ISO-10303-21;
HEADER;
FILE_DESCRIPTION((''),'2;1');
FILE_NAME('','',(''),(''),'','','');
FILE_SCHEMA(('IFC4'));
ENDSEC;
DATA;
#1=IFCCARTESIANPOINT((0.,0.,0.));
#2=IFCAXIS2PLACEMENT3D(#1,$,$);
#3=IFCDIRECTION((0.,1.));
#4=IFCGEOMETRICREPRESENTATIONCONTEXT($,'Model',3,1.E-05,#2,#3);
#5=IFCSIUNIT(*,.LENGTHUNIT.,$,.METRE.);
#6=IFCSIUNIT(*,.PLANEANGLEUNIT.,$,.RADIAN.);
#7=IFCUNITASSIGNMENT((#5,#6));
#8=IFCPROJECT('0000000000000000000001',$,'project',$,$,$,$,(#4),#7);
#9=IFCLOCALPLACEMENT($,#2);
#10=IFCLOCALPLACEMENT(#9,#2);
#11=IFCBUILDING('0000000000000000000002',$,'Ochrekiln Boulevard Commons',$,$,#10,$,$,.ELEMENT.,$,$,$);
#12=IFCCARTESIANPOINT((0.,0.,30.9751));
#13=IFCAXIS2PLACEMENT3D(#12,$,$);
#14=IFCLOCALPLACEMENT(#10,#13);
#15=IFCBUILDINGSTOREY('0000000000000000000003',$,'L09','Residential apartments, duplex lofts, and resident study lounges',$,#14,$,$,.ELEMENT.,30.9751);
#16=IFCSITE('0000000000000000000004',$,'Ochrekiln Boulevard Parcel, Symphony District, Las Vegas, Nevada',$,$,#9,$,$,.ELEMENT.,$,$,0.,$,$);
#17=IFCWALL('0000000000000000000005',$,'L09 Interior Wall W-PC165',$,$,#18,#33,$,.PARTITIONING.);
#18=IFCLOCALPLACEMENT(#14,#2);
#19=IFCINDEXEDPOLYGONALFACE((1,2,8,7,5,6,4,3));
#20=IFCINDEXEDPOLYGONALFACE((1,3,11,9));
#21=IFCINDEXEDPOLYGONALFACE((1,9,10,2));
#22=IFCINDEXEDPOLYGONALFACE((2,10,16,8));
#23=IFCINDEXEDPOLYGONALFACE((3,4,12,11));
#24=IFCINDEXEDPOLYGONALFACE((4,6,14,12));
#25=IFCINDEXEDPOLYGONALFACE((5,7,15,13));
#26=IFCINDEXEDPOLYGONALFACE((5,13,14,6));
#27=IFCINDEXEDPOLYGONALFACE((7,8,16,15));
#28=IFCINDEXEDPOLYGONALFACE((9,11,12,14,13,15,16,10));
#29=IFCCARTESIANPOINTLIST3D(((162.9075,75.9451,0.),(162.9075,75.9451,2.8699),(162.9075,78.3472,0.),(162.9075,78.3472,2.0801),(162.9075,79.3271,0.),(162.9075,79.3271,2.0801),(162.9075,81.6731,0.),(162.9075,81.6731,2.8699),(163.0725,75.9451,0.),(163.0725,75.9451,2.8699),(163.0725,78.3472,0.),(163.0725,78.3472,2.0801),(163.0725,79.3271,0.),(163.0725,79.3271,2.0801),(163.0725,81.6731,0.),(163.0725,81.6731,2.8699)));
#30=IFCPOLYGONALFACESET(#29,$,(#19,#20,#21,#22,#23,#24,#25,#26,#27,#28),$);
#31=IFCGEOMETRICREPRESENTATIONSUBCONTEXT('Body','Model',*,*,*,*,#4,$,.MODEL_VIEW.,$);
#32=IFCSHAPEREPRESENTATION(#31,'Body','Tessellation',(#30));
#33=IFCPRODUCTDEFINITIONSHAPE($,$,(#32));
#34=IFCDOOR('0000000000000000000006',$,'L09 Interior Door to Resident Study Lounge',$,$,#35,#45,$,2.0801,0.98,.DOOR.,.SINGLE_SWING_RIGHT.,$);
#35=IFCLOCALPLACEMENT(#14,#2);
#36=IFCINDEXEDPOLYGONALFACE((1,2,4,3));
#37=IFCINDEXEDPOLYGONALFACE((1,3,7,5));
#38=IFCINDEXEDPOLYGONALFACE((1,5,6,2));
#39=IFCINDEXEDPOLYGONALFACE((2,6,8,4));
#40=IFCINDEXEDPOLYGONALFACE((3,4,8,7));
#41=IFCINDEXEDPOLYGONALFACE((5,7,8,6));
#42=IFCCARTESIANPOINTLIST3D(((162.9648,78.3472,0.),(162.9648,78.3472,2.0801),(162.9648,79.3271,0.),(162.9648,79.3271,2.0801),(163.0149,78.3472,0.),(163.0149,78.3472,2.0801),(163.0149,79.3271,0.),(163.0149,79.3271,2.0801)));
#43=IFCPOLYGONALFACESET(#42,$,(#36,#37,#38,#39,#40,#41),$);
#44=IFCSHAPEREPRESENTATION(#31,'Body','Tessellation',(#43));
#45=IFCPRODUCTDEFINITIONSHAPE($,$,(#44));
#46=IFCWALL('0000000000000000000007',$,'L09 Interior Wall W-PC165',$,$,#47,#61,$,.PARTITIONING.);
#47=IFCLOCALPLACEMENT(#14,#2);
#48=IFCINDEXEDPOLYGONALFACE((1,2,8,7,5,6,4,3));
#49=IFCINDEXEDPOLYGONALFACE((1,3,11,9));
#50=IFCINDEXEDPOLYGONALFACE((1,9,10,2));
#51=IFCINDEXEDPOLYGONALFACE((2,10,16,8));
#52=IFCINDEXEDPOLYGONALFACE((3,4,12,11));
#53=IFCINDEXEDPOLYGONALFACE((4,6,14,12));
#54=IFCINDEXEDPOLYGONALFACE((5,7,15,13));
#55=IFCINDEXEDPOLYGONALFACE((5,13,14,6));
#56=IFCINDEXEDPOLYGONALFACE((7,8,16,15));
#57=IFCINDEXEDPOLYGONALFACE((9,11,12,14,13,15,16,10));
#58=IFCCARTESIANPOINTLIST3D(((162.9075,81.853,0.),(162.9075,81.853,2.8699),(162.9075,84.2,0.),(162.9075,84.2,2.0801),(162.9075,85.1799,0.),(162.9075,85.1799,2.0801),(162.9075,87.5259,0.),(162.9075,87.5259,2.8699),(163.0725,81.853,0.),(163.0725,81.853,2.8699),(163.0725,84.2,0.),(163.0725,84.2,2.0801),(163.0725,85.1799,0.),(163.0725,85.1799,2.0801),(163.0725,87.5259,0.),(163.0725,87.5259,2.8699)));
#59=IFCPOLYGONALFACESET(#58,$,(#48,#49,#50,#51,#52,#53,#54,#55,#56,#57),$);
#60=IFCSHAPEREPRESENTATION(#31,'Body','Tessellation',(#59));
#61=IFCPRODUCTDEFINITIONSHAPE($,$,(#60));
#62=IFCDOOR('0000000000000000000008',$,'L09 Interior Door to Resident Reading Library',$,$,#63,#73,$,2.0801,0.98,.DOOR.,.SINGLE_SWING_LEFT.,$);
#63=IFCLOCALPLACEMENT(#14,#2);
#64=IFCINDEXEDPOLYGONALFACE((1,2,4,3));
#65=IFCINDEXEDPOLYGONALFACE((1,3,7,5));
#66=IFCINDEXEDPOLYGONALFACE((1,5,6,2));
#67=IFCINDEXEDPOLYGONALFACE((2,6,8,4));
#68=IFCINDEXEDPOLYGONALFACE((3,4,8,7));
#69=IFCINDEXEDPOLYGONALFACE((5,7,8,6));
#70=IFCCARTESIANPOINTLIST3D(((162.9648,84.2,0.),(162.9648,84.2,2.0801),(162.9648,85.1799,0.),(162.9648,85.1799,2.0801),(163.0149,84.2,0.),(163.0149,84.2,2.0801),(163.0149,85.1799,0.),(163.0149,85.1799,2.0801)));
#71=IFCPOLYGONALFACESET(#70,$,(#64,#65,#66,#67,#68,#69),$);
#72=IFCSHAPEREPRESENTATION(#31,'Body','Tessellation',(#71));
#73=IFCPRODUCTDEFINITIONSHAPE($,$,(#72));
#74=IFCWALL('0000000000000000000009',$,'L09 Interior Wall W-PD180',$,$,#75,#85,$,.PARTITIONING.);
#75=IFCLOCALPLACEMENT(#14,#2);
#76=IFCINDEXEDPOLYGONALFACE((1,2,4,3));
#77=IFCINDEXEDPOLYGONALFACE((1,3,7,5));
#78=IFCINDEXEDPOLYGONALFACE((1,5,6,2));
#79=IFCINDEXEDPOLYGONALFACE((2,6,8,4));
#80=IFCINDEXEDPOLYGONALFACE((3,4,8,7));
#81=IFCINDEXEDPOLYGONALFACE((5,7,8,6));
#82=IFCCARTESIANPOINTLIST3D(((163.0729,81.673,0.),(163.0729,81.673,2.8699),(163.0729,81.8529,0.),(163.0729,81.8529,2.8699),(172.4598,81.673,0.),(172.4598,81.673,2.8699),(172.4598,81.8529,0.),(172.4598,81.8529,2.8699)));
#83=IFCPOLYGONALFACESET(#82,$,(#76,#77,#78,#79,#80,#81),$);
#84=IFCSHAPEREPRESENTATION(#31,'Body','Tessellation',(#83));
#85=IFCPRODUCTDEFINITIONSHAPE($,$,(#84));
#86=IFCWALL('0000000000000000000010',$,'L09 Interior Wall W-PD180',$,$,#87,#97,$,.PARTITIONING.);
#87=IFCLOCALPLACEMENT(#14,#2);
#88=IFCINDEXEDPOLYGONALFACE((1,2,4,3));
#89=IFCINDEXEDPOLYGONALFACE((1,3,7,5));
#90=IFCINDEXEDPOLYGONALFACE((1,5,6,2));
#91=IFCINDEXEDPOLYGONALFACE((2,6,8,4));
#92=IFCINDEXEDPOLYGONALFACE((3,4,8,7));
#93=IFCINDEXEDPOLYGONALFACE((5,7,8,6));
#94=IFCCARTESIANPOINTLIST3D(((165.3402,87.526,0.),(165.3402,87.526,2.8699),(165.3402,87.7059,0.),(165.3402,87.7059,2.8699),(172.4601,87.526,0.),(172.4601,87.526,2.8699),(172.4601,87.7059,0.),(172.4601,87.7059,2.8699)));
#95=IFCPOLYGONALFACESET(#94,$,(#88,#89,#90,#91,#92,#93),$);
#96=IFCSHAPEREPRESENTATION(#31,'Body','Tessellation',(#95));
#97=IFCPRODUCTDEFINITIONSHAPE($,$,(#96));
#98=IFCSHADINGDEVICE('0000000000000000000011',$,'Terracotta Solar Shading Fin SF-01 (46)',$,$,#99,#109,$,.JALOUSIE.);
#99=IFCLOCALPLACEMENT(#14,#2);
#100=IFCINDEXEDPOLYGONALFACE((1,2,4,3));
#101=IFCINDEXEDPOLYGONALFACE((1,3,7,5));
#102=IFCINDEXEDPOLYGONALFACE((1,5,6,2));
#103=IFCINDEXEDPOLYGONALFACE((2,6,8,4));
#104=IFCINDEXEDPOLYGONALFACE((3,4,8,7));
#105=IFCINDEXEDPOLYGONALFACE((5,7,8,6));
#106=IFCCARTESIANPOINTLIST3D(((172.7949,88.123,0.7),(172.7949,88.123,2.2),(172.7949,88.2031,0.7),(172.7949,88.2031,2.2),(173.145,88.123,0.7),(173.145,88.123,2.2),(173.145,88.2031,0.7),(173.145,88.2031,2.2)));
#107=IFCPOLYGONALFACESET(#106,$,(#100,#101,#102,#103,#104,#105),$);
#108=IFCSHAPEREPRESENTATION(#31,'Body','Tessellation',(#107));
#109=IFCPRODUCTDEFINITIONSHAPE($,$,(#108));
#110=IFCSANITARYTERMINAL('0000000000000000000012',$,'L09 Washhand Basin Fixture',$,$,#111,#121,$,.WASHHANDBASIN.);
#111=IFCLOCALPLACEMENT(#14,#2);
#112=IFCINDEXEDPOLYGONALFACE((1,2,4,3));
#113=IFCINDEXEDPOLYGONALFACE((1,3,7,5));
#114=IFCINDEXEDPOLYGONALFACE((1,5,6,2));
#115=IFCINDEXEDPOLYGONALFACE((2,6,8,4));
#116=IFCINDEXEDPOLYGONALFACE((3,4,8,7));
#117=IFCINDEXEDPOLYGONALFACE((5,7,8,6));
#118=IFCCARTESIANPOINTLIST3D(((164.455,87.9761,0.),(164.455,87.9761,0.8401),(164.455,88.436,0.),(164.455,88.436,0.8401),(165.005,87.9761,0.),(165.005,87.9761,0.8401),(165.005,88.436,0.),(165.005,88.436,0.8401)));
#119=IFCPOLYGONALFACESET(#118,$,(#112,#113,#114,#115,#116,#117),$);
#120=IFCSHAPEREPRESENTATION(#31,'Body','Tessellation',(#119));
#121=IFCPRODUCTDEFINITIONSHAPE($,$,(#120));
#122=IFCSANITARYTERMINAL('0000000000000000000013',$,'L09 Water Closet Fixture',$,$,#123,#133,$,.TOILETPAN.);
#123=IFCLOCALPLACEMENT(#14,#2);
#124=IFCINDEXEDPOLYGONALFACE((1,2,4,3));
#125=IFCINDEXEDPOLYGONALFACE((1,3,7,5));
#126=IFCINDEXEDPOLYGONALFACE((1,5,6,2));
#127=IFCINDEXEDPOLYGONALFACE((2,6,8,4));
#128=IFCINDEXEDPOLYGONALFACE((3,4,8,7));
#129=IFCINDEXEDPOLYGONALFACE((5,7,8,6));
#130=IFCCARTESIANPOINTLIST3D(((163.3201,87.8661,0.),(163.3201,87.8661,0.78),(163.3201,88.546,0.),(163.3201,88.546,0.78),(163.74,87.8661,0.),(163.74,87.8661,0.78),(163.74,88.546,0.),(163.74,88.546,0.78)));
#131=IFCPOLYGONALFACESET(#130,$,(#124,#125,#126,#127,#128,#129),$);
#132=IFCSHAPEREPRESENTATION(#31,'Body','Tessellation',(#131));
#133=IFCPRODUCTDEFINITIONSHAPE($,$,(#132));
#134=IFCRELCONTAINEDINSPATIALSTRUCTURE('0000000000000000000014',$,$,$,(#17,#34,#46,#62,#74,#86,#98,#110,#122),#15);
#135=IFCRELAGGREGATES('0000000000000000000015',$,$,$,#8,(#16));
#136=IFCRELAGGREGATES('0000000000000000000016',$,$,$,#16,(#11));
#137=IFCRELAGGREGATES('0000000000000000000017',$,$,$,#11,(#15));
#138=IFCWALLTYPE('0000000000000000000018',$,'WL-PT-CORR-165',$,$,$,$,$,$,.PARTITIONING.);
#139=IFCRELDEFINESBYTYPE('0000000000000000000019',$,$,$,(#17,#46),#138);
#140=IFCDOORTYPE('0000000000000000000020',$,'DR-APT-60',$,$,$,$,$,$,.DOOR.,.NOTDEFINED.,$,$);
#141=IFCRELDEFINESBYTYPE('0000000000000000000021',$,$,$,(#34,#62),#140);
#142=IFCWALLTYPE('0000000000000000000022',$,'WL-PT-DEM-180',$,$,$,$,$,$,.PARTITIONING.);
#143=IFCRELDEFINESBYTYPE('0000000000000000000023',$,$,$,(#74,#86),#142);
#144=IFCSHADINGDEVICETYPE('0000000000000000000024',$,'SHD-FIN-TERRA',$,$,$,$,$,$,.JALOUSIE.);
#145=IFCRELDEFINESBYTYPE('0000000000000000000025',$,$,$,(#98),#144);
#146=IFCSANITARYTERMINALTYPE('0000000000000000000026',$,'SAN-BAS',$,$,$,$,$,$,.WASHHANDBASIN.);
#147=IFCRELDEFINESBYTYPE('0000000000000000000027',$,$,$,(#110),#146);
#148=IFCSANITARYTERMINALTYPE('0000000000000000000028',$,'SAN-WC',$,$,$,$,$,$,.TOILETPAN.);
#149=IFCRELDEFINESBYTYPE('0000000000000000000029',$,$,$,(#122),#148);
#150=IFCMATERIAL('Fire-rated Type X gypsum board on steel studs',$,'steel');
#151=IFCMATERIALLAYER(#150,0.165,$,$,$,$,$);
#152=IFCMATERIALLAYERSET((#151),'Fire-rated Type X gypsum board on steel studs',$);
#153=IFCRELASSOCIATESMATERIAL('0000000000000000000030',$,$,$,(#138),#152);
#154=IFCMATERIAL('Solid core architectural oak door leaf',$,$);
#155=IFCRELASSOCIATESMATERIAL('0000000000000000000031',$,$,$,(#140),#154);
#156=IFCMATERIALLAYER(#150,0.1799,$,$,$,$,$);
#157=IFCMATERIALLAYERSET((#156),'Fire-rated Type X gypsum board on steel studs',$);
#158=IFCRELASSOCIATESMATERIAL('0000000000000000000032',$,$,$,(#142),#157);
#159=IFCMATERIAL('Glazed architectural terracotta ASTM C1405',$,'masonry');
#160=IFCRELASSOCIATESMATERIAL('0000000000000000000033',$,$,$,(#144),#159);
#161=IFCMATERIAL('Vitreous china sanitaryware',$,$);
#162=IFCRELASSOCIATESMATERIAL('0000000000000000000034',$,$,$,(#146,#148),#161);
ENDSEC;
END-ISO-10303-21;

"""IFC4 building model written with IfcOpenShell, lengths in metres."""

from ifc_helpers import new_model, si_unit, direction, frame, frame_2d, origin, origin_2d, place, context, subcontext, project, spatial, rectangle, extrude, material, layer, layer_set, type_object, element, fill, save


model = new_model("IFC4")

# Units and contexts
model_context = context("Model", 3, precision=1e-05, world=origin(), true_north=direction((0.0, 1.0)))
body_context = subcontext(model_context, "Body", "Model", "MODEL_VIEW")
ifc_project = project(units=[si_unit("LENGTHUNIT", "METRE"), si_unit("PLANEANGLEUNIT", "RADIAN")], contexts=[model_context])

# Site, building, storey
site_placement = place(None, origin())
site = spatial("IfcSite", under=ifc_project, at=site_placement, Name="Ochrekiln Boulevard Parcel, Symphony District, Las Vegas, Nevada", CompositionType="ELEMENT", RefElevation=0.0)
building_placement = place(site_placement, origin())
building = spatial("IfcBuilding", under=site, at=building_placement, Name="Ochrekiln Boulevard Commons", CompositionType="ELEMENT")
storey_placement = place(building_placement, frame((0.0, 0.0, 30.9751)))
storey = spatial("IfcBuildingStorey", under=building, at=storey_placement, Name="L09", Description="Residential apartments, duplex lofts, and resident study lounges", CompositionType="ELEMENT", Elevation=30.9751)

# Shared definitions
ifc_material_1 = material(Name="Fire-rated Type X gypsum board on steel studs", Category="steel")

# Walls, openings, doors
ifc_layer_1 = layer(ifc_material_1, 0.165)
ifc_layer_set_1 = layer_set([ifc_layer_1], Name="Fire-rated Type X gypsum board on steel studs")
wall_type_1 = type_object("IfcWallType", Name="WL-PT-CORR-165", PredefinedType="PARTITIONING", material=ifc_layer_set_1)
wall_1_placement = place(storey_placement, frame((162.99, 75.9451, 0.0), z_axis=(0.0, 0.0, 1.0), x_axis=(0.0, 1.0, 0.0)))
wall_1 = element("IfcWall", 1, at=wall_1_placement, inside=storey, type_object=wall_type_1, Name="L09 Interior Wall W-PC165", PredefinedType="PARTITIONING", context=body_context, shape_type="SweptSolid", body=[
    extrude(rectangle(XDim=5.728, YDim=0.165, at=frame_2d((2.864, 0.0))), origin(), (0.0, 0.0, 1.0), 2.8699),
])
opening_1_placement = place(wall_1_placement, frame((2.4021, 0.0, 0.0)))
opening_1 = element("IfcOpeningElement", 2, at=opening_1_placement, cuts=wall_1, PredefinedType="OPENING", context=body_context, shape_type="SweptSolid", body=[
    extrude(rectangle(XDim=0.98, YDim=2.0801, at=frame_2d((0.49, 1.04))), frame((0.0, 0.0925, 0.0), z_axis=(0.0, -1.0, 0.0), x_axis=(1.0, 0.0, 0.0)), (0.0, 0.0, 1.0), 0.1851),
])
ifc_material_2 = material(Name="Solid core architectural oak door leaf")
door_type = type_object("IfcDoorType", Name="DR-APT-60", OperationType="NOTDEFINED", PredefinedType="DOOR", material=ifc_material_2)
door_1_placement = place(opening_1_placement, frame((0.98, 0.0, 0.0), z_axis=(0.0, 0.0, 1.0), x_axis=(-1.0, 0.0, 0.0)))
door_1 = element("IfcDoor", 3, at=door_1_placement, inside=storey, type_object=door_type, Name="L09 Interior Door to Resident Study Lounge", OperationType="SINGLE_SWING_RIGHT", OverallHeight=2.0801, OverallWidth=0.98, PredefinedType="DOOR", context=body_context, shape_type="SweptSolid", body=[
    extrude(rectangle(XDim=0.98, YDim=2.0801, at=frame_2d((0.49, 1.04))), frame((0.0, 0.0249, 0.0), z_axis=(0.0, -1.0, 0.0), x_axis=(1.0, 0.0, 0.0)), (0.0, 0.0, 1.0), 0.05),
])
fill(opening_1, door_1)
wall_2_placement = place(storey_placement, frame((162.99, 81.853, 0.0), z_axis=(0.0, 0.0, 1.0), x_axis=(0.0, 1.0, 0.0)))
wall_2 = element("IfcWall", 4, at=wall_2_placement, inside=storey, type_object=wall_type_1, Name="L09 Interior Wall W-PC165", PredefinedType="PARTITIONING", context=body_context, shape_type="SweptSolid", body=[
    extrude(rectangle(XDim=5.6729, YDim=0.165, at=frame_2d((2.8364, 0.0))), origin(), (0.0, 0.0, 1.0), 2.8699),
])
opening_2_placement = place(wall_2_placement, frame((2.3469, 0.0, 0.0)))
opening_2 = element("IfcOpeningElement", 5, at=opening_2_placement, cuts=wall_2, PredefinedType="OPENING", context=body_context, shape_type="SweptSolid", body=[
    extrude(rectangle(XDim=0.98, YDim=2.0801, at=frame_2d((0.49, 1.04))), frame((0.0, 0.0925, 0.0), z_axis=(0.0, -1.0, 0.0), x_axis=(1.0, 0.0, 0.0)), (0.0, 0.0, 1.0), 0.1851),
])
door_2_placement = place(opening_2_placement, frame((0.98, 0.0, 0.0), z_axis=(0.0, 0.0, 1.0), x_axis=(-1.0, 0.0, 0.0)))
door_2 = element("IfcDoor", 6, at=door_2_placement, inside=storey, type_object=door_type, Name="L09 Interior Door to Resident Reading Library", OperationType="SINGLE_SWING_LEFT", OverallHeight=2.0801, OverallWidth=0.98, PredefinedType="DOOR", context=body_context, shape_type="SweptSolid", body=[
    extrude(rectangle(XDim=0.98, YDim=2.0801, at=frame_2d((0.49, 1.04))), frame((0.0, 0.0249, 0.0), z_axis=(0.0, -1.0, 0.0), x_axis=(1.0, 0.0, 0.0)), (0.0, 0.0, 1.0), 0.05),
])
fill(opening_2, door_2)

# Walls
ifc_layer_2 = layer(ifc_material_1, 0.1799)
ifc_layer_set_2 = layer_set([ifc_layer_2], Name="Fire-rated Type X gypsum board on steel studs")
wall_type_2 = type_object("IfcWallType", Name="WL-PT-DEM-180", PredefinedType="PARTITIONING", material=ifc_layer_set_2)
wall_3_placement = place(storey_placement, frame((163.073, 81.7629, 0.0), z_axis=(0.0, 0.0, 1.0), x_axis=(1.0, 0.0, 0.0)))
element("IfcWall", 7, at=wall_3_placement, inside=storey, type_object=wall_type_2, Name="L09 Interior Wall W-PD180", PredefinedType="PARTITIONING", context=body_context, shape_type="SweptSolid", body=[
    extrude(rectangle(XDim=9.387, YDim=0.1799, at=frame_2d((4.6934, 0.0))), origin(), (0.0, 0.0, 1.0), 2.8699),
])
wall_4_placement = place(storey_placement, frame((165.3401, 87.616, 0.0), z_axis=(0.0, 0.0, 1.0), x_axis=(1.0, 0.0, 0.0)))
element("IfcWall", 8, at=wall_4_placement, inside=storey, type_object=wall_type_2, Name="L09 Interior Wall W-PD180", PredefinedType="PARTITIONING", context=body_context, shape_type="SweptSolid", body=[
    extrude(rectangle(XDim=7.1199, YDim=0.1799, at=frame_2d((3.5601, 0.0))), origin(), (0.0, 0.0, 1.0), 2.8699),
])

# Shading device
ifc_material_3 = material(Name="Glazed architectural terracotta ASTM C1405", Category="masonry")
shading_device_type = type_object("IfcShadingDeviceType", Name="SHD-FIN-TERRA", PredefinedType="JALOUSIE", material=ifc_material_3)
shading_device_placement = place(storey_placement, frame((172.97, 88.1631, 0.7), z_axis=(0.0, 0.0, 1.0), x_axis=(1.0, 0.0, 0.0)))
element("IfcShadingDevice", 9, at=shading_device_placement, inside=storey, type_object=shading_device_type, Name="Terracotta Solar Shading Fin SF-01 (46)", PredefinedType="JALOUSIE", context=body_context, shape_type="SweptSolid", body=[
    extrude(rectangle(XDim=0.3501, YDim=0.0801, at=origin_2d()), origin(), (0.0, 0.0, 1.0), 1.5),
])

# Sanitary terminals
ifc_material_4 = material(Name="Vitreous china sanitaryware")
sanitary_terminal_type_1 = type_object("IfcSanitaryTerminalType", Name="SAN-BAS", PredefinedType="WASHHANDBASIN", material=ifc_material_4)
sanitary_terminal_1_placement = place(storey_placement, frame((164.73, 88.2061, 0.0), z_axis=(0.0, 0.0, 1.0), x_axis=(1.0, 0.0, 0.0)))
element("IfcSanitaryTerminal", 10, at=sanitary_terminal_1_placement, inside=storey, type_object=sanitary_terminal_type_1, Name="L09 Washhand Basin Fixture", PredefinedType="WASHHANDBASIN", context=body_context, shape_type="SweptSolid", body=[
    extrude(rectangle(XDim=0.55, YDim=0.46, at=origin_2d()), origin(), (0.0, 0.0, 1.0), 0.8401),
])
sanitary_terminal_type_2 = type_object("IfcSanitaryTerminalType", Name="SAN-WC", PredefinedType="TOILETPAN", material=ifc_material_4)
sanitary_terminal_2_placement = place(storey_placement, frame((163.53, 88.2061, 0.0), z_axis=(0.0, 0.0, 1.0), x_axis=(1.0, 0.0, 0.0)))
element("IfcSanitaryTerminal", 11, at=sanitary_terminal_2_placement, inside=storey, type_object=sanitary_terminal_type_2, Name="L09 Water Closet Fixture", PredefinedType="TOILETPAN", context=body_context, shape_type="SweptSolid", body=[
    extrude(rectangle(XDim=0.4199, YDim=0.6799, at=origin_2d()), origin(), (0.0, 0.0, 1.0), 0.78),
])

save(model, "model.ifc")
